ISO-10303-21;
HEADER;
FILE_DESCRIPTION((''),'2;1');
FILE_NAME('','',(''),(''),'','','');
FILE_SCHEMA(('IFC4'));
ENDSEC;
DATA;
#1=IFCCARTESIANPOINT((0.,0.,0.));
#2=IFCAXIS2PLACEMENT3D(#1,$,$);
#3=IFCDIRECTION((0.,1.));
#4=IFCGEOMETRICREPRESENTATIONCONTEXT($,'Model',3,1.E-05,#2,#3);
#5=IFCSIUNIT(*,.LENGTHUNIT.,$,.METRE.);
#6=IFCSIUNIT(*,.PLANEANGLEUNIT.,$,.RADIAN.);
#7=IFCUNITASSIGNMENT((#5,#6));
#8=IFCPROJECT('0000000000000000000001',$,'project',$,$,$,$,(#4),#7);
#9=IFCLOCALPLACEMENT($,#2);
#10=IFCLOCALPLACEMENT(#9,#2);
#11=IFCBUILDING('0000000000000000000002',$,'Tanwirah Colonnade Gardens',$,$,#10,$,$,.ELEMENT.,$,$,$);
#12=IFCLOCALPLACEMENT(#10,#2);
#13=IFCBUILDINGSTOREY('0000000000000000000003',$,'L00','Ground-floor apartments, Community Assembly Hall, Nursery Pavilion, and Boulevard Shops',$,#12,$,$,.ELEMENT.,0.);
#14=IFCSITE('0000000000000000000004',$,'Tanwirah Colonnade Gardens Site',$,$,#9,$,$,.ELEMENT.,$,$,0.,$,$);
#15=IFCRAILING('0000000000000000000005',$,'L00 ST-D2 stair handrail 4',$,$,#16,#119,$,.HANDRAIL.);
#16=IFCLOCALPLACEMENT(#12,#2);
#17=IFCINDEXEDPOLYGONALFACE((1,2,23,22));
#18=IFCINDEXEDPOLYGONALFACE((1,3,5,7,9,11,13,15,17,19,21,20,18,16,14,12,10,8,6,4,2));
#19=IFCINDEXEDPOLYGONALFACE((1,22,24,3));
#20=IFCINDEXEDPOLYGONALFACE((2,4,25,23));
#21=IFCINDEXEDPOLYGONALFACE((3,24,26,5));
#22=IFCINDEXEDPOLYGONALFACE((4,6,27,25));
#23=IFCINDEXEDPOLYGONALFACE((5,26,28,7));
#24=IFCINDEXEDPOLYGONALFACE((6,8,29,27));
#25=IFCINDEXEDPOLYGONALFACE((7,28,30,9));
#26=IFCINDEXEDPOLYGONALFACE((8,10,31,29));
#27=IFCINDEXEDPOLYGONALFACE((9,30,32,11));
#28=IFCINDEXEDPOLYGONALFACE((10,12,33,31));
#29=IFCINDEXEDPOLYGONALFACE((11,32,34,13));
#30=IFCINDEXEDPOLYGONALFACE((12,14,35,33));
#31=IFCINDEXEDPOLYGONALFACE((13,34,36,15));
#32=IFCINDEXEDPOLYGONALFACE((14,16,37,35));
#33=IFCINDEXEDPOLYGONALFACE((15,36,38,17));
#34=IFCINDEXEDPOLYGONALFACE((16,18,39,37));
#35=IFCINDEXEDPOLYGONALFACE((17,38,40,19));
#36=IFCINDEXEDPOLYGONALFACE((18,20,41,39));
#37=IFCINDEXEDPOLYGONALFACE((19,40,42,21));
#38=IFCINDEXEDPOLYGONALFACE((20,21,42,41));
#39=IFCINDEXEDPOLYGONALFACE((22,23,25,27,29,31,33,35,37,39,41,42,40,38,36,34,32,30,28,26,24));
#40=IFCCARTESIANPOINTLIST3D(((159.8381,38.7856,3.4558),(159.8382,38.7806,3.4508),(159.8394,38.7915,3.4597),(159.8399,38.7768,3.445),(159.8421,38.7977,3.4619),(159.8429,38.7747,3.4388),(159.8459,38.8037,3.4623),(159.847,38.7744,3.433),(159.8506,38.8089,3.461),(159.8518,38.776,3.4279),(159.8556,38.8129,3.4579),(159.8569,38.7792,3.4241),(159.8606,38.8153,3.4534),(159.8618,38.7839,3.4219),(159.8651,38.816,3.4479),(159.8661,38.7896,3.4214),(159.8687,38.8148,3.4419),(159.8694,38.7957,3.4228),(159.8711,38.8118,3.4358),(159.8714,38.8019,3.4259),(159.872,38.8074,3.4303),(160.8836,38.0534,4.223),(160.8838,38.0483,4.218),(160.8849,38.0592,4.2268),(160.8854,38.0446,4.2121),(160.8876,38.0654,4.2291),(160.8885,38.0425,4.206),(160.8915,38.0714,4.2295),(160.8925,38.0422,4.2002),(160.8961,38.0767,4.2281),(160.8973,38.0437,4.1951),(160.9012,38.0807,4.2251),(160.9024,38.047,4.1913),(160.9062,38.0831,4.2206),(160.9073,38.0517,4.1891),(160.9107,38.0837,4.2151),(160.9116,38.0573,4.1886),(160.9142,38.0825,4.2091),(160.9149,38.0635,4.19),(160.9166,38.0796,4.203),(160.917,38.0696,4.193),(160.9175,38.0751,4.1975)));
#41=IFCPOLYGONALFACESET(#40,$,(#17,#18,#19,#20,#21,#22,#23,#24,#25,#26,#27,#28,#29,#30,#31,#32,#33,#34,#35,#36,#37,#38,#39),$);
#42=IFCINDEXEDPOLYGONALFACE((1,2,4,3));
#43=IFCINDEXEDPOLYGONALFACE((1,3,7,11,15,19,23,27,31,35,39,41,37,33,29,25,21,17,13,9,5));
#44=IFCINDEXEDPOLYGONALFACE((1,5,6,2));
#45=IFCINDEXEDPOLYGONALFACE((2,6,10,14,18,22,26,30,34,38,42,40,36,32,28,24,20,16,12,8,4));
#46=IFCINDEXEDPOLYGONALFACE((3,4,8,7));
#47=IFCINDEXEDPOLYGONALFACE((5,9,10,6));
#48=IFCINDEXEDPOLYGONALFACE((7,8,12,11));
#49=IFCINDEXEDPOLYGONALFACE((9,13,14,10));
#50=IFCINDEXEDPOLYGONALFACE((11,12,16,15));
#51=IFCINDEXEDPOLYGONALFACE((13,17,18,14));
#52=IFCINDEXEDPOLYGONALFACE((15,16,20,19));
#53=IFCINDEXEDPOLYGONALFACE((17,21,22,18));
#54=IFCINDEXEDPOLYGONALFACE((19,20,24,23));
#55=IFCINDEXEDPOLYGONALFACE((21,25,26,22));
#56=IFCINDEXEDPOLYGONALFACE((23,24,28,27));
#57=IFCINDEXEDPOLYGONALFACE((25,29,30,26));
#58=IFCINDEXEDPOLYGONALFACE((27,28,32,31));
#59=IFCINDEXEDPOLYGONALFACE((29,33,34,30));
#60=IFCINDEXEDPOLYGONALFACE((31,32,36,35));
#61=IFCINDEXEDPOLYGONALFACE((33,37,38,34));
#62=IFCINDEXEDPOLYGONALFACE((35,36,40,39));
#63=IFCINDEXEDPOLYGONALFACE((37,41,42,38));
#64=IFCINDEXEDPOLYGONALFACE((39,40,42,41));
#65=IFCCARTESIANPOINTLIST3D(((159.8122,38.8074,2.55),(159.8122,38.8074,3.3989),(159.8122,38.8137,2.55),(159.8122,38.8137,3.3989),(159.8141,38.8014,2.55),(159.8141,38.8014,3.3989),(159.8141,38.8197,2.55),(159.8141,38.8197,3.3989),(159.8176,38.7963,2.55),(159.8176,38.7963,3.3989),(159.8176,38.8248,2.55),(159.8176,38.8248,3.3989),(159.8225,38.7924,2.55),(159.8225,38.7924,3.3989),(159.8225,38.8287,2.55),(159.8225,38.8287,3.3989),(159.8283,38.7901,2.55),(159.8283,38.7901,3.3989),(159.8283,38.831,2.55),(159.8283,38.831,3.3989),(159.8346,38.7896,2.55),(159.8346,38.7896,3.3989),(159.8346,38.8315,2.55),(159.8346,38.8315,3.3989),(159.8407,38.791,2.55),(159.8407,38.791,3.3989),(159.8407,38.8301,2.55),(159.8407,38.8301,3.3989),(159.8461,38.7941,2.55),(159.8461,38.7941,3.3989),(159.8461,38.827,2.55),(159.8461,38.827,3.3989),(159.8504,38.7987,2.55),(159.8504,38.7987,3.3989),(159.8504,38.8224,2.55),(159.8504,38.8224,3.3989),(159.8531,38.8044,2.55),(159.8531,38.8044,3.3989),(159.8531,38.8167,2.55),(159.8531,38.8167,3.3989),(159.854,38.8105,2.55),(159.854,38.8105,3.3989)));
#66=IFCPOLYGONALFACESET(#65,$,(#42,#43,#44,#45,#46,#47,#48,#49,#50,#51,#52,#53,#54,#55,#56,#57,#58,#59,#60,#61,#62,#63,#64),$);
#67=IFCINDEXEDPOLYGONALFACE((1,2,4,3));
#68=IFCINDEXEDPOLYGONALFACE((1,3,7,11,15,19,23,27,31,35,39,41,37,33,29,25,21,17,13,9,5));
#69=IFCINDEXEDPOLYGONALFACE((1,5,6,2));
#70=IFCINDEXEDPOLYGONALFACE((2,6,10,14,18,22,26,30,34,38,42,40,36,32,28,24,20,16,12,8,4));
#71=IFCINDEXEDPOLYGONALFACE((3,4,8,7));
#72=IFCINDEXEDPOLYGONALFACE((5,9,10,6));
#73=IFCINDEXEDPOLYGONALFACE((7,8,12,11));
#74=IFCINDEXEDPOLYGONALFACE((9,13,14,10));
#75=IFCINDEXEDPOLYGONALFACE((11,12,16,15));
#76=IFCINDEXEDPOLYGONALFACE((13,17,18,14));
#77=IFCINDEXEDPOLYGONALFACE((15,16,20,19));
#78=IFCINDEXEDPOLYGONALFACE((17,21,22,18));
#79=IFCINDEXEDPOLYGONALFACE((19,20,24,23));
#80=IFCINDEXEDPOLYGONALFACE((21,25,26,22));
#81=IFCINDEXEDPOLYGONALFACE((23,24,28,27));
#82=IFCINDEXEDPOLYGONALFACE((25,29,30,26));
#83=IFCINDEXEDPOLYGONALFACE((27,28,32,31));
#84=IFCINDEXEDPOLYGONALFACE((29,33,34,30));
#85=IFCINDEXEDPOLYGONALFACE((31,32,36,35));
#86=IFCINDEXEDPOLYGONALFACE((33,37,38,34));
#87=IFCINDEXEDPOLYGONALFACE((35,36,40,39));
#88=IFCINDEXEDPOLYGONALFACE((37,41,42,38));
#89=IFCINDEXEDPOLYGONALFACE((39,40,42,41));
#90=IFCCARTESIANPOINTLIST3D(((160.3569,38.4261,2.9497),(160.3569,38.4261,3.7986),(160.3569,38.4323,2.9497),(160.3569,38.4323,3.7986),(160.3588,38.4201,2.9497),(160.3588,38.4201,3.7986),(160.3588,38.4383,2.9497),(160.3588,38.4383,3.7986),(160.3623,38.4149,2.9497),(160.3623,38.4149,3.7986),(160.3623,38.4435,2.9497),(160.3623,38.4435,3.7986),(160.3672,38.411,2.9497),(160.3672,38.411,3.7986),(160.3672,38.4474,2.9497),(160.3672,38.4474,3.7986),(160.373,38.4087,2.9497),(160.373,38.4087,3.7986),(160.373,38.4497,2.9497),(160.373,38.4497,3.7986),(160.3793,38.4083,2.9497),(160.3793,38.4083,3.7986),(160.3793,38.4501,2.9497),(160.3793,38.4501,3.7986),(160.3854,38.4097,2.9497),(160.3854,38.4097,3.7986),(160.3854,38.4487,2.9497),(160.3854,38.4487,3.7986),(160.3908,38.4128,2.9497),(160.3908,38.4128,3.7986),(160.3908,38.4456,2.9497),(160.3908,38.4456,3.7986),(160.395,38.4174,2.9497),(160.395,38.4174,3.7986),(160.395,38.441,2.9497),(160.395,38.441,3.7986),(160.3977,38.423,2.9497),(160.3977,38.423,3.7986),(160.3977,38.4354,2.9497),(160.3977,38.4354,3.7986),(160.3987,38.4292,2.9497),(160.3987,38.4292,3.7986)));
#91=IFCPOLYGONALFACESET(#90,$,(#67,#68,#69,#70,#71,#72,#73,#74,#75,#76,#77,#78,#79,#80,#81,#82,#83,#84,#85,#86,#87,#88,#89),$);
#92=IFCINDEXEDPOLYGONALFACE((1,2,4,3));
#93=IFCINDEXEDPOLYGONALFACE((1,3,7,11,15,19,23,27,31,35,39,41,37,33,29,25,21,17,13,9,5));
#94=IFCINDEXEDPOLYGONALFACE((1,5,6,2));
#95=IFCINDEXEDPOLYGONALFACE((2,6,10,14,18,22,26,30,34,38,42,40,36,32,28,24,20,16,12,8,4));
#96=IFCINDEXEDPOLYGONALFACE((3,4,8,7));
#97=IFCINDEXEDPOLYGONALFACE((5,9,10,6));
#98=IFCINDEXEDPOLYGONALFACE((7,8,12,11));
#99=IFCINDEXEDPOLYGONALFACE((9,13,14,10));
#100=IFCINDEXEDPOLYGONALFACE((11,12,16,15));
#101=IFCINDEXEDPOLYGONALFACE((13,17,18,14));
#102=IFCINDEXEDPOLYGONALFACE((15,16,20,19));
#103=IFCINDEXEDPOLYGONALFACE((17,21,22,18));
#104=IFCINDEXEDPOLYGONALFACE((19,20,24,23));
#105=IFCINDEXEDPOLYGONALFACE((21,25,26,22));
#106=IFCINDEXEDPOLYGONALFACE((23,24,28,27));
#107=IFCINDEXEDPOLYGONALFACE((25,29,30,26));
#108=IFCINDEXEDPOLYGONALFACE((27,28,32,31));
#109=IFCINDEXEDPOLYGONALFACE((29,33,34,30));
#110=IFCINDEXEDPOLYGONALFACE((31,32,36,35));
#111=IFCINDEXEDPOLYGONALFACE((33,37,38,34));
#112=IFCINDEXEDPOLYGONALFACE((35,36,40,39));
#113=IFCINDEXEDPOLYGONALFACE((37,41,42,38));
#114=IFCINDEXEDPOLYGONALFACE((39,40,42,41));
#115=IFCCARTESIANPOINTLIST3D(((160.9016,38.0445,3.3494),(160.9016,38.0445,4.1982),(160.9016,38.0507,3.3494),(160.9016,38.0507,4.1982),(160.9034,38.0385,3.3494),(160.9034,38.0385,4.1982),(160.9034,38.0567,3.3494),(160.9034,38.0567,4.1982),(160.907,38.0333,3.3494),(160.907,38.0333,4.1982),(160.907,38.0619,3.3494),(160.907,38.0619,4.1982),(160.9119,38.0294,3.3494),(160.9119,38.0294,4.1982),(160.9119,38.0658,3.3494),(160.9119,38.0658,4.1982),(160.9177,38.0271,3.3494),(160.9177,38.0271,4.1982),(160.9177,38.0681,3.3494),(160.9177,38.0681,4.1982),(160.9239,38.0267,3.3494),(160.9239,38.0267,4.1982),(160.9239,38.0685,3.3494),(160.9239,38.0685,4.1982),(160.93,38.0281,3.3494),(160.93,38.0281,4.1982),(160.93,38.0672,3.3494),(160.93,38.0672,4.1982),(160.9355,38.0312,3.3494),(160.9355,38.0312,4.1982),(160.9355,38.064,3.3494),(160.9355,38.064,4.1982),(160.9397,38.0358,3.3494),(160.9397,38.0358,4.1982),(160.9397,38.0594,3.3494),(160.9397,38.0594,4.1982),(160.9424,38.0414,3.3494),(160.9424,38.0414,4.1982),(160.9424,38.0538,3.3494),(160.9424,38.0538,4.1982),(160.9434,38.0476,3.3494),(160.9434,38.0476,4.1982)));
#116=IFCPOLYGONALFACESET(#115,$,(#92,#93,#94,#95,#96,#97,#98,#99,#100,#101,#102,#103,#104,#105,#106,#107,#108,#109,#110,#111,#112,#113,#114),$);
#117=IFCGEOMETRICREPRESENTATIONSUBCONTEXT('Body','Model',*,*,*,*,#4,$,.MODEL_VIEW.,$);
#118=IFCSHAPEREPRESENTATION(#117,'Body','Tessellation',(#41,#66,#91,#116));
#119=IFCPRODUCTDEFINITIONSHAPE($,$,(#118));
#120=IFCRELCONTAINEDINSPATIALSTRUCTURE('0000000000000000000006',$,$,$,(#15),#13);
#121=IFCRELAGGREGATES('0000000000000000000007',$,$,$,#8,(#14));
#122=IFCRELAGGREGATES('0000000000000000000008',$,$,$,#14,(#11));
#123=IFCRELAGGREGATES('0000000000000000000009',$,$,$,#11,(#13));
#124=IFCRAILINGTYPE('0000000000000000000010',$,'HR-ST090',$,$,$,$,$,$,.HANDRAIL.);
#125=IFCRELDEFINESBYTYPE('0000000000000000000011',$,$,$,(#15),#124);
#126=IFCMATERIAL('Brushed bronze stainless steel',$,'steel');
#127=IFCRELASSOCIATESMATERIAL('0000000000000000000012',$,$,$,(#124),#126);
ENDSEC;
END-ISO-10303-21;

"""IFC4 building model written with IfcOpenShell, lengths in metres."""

from ifc_helpers import new_model, si_unit, direction, frame, origin, origin_2d, place, context, subcontext, project, spatial, circle, extrude, material, type_object, element, save


model = new_model("IFC4")

# Units and contexts
model_context = context("Model", 3, precision=1e-05, world=origin(), true_north=direction((0.0, 1.0)))
body_context = subcontext(model_context, "Body", "Model", "MODEL_VIEW")
ifc_project = project(units=[si_unit("LENGTHUNIT", "METRE"), si_unit("PLANEANGLEUNIT", "RADIAN")], contexts=[model_context])

# Site, building, storey
site_placement = place(None, origin())
site = spatial("IfcSite", under=ifc_project, at=site_placement, Name="Tanwirah Colonnade Gardens Site", CompositionType="ELEMENT", RefElevation=0.0)
building_placement = place(site_placement, origin())
building = spatial("IfcBuilding", under=site, at=building_placement, Name="Tanwirah Colonnade Gardens", CompositionType="ELEMENT")
storey_placement = place(building_placement, origin())
storey = spatial("IfcBuildingStorey", under=building, at=storey_placement, Name="L00", Description="Ground-floor apartments, Community Assembly Hall, Nursery Pavilion, and Boulevard Shops", CompositionType="ELEMENT", Elevation=0.0)

# Railing
ifc_material_1 = material(Name="Brushed bronze stainless steel", Category="steel")
railing_type_1 = type_object("IfcRailingType", Name="HR-ST090", PredefinedType="HANDRAIL", material=ifc_material_1)
railing_1_placement = place(storey_placement, frame((159.833, 38.8105, 2.55)))
element("IfcRailing", 1, at=railing_1_placement, inside=storey, type_object=railing_type_1, Name="L00 ST-D2 stair handrail 4", PredefinedType="HANDRAIL", context=body_context, shape_type="SweptSolid", body=[
    extrude(circle(Radius=0.0239, at=origin_2d()), frame((0.022, -0.0154, 0.8918), z_axis=(0.702054, -0.491689, 0.515133), x_axis=(0.573659, 0.819094, 0.0)), (0.0, 0.0, 1.0), 1.4893),
    extrude(circle(Radius=0.021, at=origin_2d()), origin(), (0.0, 0.0, 1.0), 0.8489),
    extrude(circle(Radius=0.021, at=origin_2d()), frame((0.5447, -0.3813, 0.3997)), (0.0, 0.0, 1.0), 0.8489),
    extrude(circle(Radius=0.021, at=origin_2d()), frame((1.0894, -0.7629, 0.7993)), (0.0, 0.0, 1.0), 0.8489),
])

save(model, "model.ifc")
